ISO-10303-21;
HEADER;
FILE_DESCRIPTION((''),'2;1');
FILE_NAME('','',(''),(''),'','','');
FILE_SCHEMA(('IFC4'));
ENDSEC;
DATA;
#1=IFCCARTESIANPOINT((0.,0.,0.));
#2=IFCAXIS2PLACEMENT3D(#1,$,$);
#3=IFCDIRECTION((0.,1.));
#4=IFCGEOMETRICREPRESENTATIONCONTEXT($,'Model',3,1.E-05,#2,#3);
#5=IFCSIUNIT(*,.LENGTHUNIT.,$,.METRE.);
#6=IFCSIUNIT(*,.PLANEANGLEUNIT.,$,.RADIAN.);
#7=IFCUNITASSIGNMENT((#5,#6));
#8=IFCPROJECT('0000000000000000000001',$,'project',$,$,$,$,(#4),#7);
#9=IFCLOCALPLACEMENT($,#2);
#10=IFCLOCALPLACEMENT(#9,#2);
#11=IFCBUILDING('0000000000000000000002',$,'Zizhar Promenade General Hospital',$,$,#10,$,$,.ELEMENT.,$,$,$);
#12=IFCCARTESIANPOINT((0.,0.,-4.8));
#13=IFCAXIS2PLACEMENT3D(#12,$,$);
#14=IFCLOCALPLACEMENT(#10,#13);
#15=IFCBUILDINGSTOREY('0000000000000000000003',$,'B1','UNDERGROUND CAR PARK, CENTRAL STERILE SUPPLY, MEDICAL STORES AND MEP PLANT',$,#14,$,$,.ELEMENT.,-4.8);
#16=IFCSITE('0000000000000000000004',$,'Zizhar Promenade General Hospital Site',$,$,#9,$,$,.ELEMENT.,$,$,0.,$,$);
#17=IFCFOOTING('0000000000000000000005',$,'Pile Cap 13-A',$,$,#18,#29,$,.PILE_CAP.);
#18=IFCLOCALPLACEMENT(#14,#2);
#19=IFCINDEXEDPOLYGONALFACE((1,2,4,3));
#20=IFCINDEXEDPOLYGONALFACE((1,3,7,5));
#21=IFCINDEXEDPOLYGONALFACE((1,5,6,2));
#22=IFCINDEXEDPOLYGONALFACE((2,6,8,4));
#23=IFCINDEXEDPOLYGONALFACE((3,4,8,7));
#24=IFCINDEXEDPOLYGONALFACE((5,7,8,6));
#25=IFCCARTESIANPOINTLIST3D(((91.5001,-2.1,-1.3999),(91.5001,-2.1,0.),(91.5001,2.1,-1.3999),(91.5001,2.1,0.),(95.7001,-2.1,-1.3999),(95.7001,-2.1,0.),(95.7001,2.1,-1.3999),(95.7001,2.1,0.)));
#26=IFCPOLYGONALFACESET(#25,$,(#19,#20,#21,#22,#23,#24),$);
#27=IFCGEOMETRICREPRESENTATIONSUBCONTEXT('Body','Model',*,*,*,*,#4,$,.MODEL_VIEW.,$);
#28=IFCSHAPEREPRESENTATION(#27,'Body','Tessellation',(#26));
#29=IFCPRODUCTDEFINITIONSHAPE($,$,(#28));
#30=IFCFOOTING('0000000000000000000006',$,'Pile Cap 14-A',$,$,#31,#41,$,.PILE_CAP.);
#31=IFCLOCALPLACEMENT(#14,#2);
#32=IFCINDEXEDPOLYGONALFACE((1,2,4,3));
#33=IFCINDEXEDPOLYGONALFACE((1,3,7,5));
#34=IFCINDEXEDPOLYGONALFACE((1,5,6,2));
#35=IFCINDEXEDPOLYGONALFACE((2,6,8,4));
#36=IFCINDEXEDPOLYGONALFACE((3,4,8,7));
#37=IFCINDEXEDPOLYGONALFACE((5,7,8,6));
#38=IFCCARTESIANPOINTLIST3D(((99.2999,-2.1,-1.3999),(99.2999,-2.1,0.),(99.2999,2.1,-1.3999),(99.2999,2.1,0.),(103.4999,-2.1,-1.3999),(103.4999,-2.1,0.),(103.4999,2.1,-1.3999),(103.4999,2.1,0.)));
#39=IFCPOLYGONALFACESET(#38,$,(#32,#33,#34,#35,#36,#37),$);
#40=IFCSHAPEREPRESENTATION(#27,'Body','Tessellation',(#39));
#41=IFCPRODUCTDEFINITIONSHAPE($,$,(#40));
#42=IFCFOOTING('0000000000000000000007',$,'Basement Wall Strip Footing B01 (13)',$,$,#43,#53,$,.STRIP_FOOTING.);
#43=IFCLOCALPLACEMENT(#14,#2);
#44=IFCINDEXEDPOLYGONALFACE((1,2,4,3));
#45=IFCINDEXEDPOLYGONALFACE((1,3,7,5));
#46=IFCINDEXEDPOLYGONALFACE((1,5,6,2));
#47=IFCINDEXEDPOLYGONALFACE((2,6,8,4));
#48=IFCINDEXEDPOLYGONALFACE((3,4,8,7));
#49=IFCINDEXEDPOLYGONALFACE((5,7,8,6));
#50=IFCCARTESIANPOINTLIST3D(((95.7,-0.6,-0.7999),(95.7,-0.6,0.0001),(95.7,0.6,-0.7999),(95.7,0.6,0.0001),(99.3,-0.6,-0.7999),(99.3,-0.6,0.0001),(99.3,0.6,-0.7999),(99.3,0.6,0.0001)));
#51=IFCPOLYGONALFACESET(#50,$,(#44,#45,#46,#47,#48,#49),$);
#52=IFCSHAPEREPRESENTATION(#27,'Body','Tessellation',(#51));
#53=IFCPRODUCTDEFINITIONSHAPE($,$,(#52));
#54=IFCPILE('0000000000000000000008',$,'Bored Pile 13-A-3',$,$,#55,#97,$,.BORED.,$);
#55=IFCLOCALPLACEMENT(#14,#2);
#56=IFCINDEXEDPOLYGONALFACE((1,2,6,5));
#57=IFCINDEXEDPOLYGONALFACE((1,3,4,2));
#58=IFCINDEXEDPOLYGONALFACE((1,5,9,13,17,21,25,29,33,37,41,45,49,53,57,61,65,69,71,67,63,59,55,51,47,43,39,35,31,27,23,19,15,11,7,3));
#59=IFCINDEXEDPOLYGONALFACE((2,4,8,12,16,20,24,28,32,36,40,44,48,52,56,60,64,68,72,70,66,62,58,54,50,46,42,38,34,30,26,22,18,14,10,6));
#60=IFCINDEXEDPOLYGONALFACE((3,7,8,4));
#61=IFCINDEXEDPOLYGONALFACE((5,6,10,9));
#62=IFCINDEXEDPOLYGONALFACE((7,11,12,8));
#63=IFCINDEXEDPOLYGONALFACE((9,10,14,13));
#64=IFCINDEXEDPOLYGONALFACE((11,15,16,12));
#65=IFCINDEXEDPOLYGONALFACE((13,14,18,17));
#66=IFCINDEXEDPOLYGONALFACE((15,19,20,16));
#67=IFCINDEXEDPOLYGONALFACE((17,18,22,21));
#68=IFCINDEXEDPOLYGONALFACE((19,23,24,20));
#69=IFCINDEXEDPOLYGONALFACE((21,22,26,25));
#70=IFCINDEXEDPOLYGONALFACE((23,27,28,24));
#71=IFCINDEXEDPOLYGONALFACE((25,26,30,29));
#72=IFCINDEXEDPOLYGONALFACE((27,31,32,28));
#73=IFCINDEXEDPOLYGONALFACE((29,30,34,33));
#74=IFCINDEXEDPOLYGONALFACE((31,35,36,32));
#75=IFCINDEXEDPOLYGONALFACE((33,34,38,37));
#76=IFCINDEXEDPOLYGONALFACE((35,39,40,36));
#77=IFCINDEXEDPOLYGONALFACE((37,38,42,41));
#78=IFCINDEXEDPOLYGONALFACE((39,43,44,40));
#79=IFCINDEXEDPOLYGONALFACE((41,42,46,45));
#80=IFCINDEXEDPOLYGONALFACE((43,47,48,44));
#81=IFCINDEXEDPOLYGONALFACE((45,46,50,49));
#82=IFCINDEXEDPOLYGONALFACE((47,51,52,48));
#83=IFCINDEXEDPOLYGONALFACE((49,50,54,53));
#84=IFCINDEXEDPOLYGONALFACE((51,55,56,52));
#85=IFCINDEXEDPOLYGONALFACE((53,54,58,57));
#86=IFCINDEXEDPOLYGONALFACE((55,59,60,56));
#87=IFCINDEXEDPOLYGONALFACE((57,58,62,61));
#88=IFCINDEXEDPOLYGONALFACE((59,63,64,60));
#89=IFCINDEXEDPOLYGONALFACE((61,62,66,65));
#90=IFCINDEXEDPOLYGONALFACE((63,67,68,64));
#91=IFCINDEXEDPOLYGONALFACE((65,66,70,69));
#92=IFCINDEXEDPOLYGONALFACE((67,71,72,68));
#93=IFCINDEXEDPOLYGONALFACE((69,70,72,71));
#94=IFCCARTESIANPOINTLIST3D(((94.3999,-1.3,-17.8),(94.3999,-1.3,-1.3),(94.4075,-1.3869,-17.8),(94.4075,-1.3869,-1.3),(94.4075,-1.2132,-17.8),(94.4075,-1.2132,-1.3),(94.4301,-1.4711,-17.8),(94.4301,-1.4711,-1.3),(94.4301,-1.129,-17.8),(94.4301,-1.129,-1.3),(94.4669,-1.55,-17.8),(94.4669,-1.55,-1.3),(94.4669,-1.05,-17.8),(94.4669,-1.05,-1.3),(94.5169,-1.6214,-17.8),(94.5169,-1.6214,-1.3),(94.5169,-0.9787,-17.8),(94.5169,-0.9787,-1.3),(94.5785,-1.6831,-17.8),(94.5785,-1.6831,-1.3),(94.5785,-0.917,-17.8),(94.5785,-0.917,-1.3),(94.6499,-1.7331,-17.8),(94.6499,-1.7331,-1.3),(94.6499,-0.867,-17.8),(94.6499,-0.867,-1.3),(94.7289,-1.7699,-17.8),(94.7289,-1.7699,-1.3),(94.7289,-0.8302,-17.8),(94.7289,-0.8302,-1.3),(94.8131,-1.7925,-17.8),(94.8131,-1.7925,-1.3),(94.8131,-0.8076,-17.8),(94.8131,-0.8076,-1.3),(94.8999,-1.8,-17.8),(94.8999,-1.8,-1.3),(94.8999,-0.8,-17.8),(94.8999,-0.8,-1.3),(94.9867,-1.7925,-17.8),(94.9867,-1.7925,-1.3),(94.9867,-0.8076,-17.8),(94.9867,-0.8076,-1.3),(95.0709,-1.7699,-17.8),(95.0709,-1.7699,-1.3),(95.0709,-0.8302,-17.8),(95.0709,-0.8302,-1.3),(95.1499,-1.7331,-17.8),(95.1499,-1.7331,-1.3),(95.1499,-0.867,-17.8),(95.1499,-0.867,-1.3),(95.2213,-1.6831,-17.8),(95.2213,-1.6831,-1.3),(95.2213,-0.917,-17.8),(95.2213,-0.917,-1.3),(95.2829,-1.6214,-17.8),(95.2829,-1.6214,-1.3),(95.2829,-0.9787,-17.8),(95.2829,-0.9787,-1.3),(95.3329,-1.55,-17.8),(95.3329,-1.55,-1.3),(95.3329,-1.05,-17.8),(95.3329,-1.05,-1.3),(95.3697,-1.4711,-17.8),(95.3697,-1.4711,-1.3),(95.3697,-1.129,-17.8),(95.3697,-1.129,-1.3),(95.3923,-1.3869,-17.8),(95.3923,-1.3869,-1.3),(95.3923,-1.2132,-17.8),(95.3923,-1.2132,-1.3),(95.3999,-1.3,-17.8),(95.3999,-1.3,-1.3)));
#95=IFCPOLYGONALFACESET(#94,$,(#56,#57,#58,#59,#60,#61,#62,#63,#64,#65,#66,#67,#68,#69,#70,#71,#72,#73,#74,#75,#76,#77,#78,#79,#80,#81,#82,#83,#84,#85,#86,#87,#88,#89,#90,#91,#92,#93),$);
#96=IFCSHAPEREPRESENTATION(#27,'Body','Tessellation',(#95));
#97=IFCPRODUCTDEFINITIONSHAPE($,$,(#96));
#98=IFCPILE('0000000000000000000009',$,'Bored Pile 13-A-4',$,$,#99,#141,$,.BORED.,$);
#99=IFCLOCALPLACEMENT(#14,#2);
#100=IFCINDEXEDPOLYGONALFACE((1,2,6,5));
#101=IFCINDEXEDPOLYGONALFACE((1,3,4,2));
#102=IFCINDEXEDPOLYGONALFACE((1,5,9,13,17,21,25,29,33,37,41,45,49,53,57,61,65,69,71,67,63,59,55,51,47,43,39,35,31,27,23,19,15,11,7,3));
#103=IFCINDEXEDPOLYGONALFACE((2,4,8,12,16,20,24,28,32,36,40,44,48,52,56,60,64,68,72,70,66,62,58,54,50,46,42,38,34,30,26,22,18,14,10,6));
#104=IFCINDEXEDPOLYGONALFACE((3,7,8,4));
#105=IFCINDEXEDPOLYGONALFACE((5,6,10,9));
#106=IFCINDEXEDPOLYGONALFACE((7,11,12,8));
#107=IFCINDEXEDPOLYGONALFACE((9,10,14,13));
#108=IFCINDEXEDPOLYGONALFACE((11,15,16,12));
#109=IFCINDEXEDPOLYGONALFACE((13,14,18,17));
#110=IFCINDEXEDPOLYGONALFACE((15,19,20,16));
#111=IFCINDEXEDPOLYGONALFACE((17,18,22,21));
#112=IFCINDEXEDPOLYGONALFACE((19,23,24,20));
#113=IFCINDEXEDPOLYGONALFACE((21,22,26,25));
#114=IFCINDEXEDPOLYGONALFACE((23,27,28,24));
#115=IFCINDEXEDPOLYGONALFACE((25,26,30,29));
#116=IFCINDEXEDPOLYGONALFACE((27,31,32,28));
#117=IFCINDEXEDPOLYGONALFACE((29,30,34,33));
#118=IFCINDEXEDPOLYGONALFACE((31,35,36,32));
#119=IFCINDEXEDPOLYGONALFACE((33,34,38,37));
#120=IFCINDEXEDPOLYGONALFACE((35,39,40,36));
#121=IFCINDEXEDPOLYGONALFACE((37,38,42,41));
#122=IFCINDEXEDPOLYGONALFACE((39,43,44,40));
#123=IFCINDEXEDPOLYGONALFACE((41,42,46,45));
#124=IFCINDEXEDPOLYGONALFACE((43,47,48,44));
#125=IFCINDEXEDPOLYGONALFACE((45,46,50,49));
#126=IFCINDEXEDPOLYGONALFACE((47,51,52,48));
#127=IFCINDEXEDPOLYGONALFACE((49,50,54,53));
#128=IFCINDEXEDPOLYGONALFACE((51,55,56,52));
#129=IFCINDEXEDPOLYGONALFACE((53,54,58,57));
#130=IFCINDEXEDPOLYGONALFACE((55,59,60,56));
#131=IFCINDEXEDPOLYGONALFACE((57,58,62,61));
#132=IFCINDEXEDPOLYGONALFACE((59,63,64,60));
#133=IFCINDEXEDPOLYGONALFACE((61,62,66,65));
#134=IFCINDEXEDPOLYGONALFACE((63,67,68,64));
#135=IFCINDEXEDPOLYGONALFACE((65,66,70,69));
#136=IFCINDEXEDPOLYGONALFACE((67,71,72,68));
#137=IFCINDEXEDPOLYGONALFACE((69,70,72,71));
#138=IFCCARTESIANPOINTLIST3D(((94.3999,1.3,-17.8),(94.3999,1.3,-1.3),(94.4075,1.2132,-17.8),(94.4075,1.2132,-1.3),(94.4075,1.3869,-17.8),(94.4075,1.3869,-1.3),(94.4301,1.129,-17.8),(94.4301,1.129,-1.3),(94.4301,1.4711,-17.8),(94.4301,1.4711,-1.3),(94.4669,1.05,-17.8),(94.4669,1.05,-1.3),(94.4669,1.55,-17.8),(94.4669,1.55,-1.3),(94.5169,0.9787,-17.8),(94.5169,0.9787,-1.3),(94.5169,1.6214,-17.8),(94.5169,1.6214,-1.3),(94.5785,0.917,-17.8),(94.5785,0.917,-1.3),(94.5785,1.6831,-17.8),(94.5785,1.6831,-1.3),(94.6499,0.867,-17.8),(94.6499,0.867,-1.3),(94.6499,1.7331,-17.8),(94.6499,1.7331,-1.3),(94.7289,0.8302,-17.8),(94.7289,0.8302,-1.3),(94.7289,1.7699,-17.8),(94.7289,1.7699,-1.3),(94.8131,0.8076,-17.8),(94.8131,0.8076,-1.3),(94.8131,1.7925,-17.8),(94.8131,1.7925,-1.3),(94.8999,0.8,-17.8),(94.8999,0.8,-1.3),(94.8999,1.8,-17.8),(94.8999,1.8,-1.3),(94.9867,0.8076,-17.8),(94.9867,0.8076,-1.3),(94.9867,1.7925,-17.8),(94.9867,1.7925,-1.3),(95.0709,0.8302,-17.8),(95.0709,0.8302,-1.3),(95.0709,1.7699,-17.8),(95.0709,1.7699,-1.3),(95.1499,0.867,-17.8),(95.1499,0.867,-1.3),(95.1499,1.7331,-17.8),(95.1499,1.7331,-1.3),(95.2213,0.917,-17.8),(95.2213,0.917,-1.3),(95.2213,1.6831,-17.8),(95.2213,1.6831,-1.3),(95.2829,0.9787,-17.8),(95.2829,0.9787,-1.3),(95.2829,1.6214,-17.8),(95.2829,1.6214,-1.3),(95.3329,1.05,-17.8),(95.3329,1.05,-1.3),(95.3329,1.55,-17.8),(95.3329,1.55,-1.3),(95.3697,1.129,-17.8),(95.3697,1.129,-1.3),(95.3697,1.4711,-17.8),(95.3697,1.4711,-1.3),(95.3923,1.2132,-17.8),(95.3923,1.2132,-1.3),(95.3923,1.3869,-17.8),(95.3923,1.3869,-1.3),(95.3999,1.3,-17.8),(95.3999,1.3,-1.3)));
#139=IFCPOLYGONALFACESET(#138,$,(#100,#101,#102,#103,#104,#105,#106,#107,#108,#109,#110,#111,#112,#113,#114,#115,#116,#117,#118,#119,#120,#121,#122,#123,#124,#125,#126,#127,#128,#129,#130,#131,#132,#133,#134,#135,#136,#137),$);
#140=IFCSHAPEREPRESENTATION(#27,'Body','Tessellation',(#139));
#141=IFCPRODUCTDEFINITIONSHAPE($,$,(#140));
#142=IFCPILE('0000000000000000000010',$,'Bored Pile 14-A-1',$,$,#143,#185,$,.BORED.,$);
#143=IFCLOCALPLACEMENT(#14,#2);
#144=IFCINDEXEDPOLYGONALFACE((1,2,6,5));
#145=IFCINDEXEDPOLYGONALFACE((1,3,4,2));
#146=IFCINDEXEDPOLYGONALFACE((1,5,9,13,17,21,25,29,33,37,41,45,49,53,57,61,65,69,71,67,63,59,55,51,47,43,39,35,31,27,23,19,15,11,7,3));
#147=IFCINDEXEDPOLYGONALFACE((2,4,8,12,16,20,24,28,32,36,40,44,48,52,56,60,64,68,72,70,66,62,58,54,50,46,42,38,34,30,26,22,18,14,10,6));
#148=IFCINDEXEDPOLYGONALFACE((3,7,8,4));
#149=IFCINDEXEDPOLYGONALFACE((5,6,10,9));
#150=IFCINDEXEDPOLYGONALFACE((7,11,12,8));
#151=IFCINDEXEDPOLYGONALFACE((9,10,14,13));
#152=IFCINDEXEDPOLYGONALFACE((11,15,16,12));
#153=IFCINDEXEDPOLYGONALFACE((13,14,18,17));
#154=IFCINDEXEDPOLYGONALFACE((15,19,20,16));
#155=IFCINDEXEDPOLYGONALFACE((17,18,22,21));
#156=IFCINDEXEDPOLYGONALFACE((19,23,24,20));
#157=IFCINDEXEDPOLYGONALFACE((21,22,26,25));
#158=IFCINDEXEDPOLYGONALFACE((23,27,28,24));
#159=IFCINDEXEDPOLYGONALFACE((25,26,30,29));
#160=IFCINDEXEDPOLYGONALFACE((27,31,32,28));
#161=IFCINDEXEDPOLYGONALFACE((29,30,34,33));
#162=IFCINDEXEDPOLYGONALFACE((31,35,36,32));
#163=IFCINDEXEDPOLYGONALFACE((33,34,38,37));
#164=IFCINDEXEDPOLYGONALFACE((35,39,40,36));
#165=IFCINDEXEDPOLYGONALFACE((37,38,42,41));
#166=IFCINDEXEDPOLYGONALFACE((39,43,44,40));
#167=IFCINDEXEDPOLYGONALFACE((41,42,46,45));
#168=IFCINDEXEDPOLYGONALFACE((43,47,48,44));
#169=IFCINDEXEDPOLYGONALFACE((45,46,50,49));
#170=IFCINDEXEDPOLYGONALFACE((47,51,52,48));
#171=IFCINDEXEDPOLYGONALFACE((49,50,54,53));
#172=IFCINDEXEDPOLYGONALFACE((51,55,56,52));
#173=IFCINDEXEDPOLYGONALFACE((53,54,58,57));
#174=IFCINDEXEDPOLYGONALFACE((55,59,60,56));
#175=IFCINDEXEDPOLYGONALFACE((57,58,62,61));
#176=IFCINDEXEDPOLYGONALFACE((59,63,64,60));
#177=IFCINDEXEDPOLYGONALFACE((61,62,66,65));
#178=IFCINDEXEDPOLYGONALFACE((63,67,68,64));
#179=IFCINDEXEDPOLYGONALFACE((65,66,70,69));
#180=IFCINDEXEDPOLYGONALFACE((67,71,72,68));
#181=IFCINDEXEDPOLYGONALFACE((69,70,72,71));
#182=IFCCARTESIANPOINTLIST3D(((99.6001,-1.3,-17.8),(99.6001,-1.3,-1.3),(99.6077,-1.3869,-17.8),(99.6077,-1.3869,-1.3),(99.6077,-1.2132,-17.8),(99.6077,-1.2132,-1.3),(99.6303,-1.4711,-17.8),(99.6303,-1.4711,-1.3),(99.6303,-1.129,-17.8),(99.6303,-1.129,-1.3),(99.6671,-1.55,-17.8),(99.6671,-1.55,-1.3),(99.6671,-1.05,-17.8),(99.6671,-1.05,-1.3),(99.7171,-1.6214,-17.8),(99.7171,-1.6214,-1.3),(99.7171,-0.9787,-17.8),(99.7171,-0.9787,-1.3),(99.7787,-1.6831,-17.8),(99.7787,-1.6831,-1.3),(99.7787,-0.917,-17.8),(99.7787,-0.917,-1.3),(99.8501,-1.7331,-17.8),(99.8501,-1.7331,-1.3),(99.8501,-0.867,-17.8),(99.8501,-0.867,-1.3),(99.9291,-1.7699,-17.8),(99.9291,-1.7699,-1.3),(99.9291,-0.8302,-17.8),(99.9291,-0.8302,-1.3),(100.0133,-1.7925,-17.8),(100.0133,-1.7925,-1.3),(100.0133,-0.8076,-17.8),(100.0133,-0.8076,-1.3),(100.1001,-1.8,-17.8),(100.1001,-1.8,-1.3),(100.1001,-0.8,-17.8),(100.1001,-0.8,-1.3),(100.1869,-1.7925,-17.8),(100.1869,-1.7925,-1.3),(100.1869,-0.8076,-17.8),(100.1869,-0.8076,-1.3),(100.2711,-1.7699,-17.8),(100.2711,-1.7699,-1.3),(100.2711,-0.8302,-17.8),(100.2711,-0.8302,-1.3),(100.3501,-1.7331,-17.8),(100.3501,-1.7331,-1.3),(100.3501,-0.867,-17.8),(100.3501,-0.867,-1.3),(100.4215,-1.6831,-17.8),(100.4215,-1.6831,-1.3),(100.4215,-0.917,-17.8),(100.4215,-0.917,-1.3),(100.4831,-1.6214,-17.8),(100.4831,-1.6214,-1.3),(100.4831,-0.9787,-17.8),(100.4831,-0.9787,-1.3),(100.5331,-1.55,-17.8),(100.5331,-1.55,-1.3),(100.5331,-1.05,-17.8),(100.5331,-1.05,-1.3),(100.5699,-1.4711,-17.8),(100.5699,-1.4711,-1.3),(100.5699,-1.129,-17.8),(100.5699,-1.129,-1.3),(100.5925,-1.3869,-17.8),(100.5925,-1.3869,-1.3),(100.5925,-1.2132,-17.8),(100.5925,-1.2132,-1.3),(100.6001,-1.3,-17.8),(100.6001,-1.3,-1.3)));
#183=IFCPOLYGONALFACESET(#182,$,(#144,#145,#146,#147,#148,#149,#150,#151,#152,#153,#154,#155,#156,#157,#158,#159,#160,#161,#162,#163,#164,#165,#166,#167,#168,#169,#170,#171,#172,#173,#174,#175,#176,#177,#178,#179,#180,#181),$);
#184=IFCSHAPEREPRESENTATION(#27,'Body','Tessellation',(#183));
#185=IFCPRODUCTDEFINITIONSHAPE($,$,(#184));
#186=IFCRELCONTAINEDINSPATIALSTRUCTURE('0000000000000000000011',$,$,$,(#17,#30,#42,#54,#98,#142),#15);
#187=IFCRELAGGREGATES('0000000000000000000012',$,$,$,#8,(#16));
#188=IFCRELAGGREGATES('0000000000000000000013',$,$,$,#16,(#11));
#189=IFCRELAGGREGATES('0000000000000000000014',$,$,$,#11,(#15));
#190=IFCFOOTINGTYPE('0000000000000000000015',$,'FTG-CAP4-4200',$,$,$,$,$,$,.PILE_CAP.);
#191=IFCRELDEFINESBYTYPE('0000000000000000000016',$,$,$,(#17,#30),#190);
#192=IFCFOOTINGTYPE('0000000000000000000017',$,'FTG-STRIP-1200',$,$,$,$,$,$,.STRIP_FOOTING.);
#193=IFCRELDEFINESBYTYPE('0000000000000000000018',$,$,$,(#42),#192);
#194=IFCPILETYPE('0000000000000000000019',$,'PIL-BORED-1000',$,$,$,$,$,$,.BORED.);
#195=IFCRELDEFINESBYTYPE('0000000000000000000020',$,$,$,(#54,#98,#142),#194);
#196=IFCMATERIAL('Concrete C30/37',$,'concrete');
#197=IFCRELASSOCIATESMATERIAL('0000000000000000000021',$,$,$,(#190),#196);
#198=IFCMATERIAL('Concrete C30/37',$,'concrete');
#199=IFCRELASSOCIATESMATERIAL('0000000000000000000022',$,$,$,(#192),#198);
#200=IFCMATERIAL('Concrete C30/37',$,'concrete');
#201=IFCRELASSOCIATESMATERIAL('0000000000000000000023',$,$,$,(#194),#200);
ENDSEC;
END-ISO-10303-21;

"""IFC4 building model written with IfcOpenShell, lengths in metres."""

from ifc_helpers import new_model, si_unit, direction, frame, origin, origin_2d, place, context, subcontext, project, spatial, rectangle, circle, extrude, material, material_profile, profile_set, type_object, element, save


model = new_model("IFC4")

# Units and contexts
model_context = context("Model", 3, precision=1e-05, world=origin(), true_north=direction((0.0, 1.0)))
body_context = subcontext(model_context, "Body", "Model", "MODEL_VIEW")
ifc_project = project(units=[si_unit("LENGTHUNIT", "METRE"), si_unit("PLANEANGLEUNIT", "RADIAN")], contexts=[model_context])

# Site, building, storey
site_placement = place(None, origin())
site = spatial("IfcSite", under=ifc_project, at=site_placement, Name="Zizhar Promenade General Hospital Site", CompositionType="ELEMENT", RefElevation=0.0)
building_placement = place(site_placement, origin())
building = spatial("IfcBuilding", under=site, at=building_placement, Name="Zizhar Promenade General Hospital", CompositionType="ELEMENT")
storey_placement = place(building_placement, frame((0.0, 0.0, -4.8)))
storey = spatial("IfcBuildingStorey", under=building, at=storey_placement, Name="B1", Description="UNDERGROUND CAR PARK, CENTRAL STERILE SUPPLY, MEDICAL STORES AND MEP PLANT", CompositionType="ELEMENT", Elevation=-4.8)

# Footings
ifc_material_1 = material(Name="Concrete C30/37", Category="concrete")
footing_type_1 = type_object("IfcFootingType", Name="FTG-CAP4-4200", PredefinedType="PILE_CAP", material=ifc_material_1)
for number, where, z_axis, x_axis, name in (
    (1, (93.6001, 0.0, -1.3999), (0.0, 0.0, 1.0), (1.0, 0.0, 0.0), "Pile Cap 13-A"),
    (2, (101.3999, 0.0, -1.3999), (0.0, 0.0, 1.0), (1.0, 0.0, 0.0), "Pile Cap 14-A"),
):
    element("IfcFooting", number, at=place(storey_placement, frame(where, z_axis=z_axis, x_axis=x_axis)), inside=storey, type_object=footing_type_1, Name=name, PredefinedType="PILE_CAP", context=body_context, shape_type="SweptSolid", body=[
        extrude(rectangle(XDim=4.2, YDim=4.2, at=origin_2d()), origin(), (0.0, 0.0, 1.0), 1.3999),
    ])
ifc_material_2 = material(Name="Concrete C30/37", Category="concrete")
ifc_material_profile_1 = material_profile(ifc_material_2, rectangle(XDim=1.2, YDim=0.8, at=origin_2d()))
ifc_profile_set_1 = profile_set([ifc_material_profile_1], Name="Concrete C30/37")
footing_type_2 = type_object("IfcFootingType", Name="FTG-STRIP-1200", PredefinedType="STRIP_FOOTING", material=ifc_profile_set_1)
footing_placement = place(storey_placement, frame((95.7, 0.0, -0.3999), z_axis=(1.0, 0.0, 0.0), x_axis=(0.0, 1.0, 0.0)))
element("IfcFooting", 3, at=footing_placement, inside=storey, type_object=footing_type_2, Name="Basement Wall Strip Footing B01 (13)", PredefinedType="STRIP_FOOTING", context=body_context, shape_type="SweptSolid", body=[
    extrude(rectangle(XDim=1.2, YDim=0.8, at=origin_2d()), origin(), (0.0, 0.0, 1.0), 3.6001),
])

# Piles
ifc_material_3 = material(Name="Concrete C30/37", Category="concrete")
ifc_material_profile_2 = material_profile(ifc_material_3, circle(Radius=0.5, at=origin_2d()))
ifc_profile_set_2 = profile_set([ifc_material_profile_2], Name="Concrete C30/37")
pile_type = type_object("IfcPileType", Name="PIL-BORED-1000", PredefinedType="BORED", material=ifc_profile_set_2)
for number, where, z_axis, x_axis, name in (
    (4, (94.8999, -1.3, -1.3), (0.0, 0.0, -1.0), (1.0, 0.0, 0.0), "Bored Pile 13-A-3"),
    (5, (94.8999, 1.3, -1.3), (0.0, 0.0, -1.0), (1.0, 0.0, 0.0), "Bored Pile 13-A-4"),
    (6, (100.1001, -1.3, -1.3), (0.0, 0.0, -1.0), (1.0, 0.0, 0.0), "Bored Pile 14-A-1"),
):
    element("IfcPile", number, at=place(storey_placement, frame(where, z_axis=z_axis, x_axis=x_axis)), inside=storey, type_object=pile_type, Name=name, PredefinedType="BORED", context=body_context, shape_type="SweptSolid", body=[
        extrude(circle(Radius=0.5, at=origin_2d()), origin(), (0.0, 0.0, 1.0), 16.5),
    ])

save(model, "model.ifc")
